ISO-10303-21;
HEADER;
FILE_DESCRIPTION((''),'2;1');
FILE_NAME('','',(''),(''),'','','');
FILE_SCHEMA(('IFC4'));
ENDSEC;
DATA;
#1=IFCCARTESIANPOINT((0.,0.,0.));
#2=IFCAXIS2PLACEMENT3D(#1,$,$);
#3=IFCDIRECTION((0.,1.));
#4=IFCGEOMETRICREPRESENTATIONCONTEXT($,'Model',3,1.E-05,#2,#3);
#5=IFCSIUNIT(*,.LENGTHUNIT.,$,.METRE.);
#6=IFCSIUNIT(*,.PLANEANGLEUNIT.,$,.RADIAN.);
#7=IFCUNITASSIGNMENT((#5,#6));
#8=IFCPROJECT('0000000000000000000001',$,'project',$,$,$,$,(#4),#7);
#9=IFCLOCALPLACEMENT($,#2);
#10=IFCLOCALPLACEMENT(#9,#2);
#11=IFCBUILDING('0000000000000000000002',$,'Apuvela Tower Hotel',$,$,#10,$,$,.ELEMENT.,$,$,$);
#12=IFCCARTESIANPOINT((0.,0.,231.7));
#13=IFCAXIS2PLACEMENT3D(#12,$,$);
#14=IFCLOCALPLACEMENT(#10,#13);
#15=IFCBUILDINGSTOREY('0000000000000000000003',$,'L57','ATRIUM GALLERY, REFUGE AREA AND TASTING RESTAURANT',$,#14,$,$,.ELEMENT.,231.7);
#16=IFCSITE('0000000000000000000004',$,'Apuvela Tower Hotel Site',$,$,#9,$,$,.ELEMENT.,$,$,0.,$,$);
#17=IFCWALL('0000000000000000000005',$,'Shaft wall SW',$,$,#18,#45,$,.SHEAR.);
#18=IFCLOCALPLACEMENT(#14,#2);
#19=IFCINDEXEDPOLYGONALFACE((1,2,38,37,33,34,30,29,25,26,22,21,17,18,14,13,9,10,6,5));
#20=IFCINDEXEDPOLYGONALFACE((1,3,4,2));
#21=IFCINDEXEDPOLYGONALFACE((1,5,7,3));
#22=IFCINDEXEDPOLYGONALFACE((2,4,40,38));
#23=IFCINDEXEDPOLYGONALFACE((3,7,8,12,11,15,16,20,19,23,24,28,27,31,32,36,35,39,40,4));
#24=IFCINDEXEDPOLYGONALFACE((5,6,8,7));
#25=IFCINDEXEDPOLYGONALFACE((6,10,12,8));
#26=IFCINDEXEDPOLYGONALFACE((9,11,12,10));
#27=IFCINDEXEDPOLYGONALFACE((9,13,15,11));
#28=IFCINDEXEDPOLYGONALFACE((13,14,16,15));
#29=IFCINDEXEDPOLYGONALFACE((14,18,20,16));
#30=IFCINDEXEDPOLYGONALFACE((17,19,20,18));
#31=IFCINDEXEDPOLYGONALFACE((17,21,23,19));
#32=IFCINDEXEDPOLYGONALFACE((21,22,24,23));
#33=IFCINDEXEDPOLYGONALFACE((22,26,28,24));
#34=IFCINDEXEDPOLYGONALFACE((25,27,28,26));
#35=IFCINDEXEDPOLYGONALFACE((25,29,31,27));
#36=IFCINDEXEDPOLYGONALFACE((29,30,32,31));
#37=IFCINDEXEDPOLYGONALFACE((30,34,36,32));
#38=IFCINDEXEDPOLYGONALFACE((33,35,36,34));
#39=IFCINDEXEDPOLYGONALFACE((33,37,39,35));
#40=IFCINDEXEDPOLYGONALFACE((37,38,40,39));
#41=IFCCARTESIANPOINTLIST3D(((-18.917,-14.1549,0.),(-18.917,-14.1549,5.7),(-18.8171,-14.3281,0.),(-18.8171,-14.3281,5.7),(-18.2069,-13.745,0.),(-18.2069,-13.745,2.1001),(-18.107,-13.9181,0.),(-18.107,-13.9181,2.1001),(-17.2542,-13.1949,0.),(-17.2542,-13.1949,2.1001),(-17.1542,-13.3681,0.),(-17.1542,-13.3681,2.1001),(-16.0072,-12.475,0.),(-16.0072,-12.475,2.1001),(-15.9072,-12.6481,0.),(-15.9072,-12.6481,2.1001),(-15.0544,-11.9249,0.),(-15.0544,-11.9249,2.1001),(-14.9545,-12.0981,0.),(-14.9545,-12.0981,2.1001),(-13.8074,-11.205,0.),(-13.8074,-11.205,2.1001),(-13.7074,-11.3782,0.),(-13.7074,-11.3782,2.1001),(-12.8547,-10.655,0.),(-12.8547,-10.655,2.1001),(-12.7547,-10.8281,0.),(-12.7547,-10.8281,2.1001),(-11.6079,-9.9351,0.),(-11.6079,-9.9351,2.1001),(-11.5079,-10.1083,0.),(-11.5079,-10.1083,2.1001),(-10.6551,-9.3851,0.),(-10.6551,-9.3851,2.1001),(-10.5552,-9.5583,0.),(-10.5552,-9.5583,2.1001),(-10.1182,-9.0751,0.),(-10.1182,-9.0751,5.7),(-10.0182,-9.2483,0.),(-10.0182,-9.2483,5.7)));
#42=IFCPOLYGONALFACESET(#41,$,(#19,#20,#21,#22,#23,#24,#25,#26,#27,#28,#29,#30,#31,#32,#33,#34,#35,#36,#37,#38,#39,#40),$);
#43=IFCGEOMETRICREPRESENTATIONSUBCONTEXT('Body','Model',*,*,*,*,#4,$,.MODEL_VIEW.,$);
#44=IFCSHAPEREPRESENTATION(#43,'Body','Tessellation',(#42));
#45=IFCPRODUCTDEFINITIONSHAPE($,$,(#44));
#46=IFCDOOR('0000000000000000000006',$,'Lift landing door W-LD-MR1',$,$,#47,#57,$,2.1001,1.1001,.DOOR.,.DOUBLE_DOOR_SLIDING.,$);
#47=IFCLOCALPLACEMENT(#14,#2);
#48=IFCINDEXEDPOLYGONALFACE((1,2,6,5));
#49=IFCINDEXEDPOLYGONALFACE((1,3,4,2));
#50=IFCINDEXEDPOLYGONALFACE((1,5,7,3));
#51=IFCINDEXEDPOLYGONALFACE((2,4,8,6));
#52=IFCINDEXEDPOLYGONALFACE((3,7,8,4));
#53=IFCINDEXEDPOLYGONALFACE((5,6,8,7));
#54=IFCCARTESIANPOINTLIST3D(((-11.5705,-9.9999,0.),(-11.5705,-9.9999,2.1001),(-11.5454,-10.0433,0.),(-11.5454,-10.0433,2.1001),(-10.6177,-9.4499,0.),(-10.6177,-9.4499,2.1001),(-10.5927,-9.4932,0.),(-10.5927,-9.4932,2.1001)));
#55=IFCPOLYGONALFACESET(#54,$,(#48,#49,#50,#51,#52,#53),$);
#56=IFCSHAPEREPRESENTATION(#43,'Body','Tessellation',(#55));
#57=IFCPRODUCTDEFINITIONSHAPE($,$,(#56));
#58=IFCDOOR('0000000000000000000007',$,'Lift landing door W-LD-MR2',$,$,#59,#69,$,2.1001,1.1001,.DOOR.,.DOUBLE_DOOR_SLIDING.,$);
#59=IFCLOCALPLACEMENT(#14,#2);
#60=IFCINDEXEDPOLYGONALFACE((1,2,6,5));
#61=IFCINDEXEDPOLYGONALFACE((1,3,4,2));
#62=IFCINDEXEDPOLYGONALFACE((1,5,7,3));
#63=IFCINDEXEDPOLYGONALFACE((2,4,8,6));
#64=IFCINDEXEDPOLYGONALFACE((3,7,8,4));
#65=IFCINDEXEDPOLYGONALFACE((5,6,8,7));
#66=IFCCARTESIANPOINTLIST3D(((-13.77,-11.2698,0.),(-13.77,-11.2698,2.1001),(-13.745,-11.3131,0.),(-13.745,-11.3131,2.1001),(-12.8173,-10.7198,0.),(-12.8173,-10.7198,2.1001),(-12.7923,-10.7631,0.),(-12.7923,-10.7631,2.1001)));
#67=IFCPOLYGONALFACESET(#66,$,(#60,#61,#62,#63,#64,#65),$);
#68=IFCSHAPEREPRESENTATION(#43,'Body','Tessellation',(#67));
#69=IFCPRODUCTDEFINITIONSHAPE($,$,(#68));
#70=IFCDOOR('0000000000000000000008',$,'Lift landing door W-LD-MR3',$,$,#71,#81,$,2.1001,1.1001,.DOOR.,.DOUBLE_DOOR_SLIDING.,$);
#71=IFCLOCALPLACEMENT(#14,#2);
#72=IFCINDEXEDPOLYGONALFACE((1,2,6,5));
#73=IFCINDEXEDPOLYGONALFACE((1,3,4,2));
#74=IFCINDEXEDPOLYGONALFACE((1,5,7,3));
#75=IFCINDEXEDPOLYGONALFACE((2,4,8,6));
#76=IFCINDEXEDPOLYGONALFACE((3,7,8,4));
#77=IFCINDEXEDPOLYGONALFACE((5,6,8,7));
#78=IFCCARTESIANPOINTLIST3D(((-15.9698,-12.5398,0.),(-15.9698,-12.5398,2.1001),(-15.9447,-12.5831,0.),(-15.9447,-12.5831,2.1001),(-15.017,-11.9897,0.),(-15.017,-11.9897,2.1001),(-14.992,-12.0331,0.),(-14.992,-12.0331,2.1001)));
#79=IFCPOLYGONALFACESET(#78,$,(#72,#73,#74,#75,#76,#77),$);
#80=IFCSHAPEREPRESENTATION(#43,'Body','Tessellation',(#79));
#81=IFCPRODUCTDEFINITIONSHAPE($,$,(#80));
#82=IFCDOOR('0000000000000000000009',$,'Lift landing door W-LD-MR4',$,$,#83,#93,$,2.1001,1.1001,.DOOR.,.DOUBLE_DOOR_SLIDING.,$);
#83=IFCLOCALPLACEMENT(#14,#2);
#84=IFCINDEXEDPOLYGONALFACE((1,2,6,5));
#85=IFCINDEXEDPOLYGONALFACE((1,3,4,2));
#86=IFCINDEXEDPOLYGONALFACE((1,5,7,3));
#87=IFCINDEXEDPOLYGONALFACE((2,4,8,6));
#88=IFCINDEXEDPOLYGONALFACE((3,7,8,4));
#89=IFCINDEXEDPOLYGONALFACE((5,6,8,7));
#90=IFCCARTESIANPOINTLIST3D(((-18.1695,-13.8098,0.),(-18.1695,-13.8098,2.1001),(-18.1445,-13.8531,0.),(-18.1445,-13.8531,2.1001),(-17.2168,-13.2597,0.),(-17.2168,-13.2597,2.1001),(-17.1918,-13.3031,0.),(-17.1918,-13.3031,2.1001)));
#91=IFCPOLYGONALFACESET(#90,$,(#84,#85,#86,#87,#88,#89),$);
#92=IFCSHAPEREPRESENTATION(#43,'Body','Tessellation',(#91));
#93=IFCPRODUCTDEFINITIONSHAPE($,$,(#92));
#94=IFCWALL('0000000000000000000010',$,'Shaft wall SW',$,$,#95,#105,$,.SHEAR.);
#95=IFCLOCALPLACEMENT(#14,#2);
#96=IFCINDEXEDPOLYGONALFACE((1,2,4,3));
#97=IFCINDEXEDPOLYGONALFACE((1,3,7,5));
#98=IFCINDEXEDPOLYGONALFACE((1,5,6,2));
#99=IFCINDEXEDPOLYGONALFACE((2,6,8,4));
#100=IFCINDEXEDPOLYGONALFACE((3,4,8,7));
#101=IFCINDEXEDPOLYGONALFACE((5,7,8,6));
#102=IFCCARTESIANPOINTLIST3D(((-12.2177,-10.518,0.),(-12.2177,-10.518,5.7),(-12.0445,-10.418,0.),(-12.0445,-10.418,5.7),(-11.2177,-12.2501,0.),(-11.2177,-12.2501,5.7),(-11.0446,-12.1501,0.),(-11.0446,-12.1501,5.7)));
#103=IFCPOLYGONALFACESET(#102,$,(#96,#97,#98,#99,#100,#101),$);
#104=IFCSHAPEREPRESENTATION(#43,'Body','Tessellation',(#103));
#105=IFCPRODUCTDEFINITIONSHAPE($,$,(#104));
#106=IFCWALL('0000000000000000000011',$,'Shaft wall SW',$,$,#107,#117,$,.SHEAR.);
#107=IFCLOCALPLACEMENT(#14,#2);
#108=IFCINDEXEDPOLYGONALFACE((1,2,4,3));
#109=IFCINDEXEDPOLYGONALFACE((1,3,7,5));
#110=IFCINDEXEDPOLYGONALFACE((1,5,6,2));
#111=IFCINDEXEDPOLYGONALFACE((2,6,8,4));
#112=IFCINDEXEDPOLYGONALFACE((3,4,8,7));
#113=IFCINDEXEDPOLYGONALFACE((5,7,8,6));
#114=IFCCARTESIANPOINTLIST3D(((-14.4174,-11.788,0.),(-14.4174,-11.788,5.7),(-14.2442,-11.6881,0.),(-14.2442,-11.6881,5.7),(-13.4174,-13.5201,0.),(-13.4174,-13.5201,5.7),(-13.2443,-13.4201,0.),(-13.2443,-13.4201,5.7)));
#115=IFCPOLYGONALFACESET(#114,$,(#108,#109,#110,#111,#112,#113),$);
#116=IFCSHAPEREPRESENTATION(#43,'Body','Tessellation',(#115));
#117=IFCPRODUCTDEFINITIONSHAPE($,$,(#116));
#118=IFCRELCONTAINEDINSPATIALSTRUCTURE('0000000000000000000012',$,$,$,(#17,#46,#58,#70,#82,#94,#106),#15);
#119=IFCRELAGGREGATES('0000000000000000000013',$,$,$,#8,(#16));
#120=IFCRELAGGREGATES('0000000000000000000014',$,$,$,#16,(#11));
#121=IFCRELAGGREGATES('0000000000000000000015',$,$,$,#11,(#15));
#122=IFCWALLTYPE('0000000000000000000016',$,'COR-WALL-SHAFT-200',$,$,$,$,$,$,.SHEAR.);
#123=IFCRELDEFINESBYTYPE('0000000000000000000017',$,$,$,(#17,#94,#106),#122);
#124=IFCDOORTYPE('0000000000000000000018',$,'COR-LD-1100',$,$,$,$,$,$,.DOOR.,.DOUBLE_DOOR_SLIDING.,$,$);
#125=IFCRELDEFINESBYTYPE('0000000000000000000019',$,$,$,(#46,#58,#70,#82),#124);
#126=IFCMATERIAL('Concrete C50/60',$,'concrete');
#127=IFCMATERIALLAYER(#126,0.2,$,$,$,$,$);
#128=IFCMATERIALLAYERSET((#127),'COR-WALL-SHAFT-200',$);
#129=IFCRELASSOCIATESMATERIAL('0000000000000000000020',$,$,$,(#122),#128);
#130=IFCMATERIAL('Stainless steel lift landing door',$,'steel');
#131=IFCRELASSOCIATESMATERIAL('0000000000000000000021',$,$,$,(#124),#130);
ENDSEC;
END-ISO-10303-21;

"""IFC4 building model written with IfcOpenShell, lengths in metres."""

from ifc_helpers import new_model, si_unit, direction, frame, frame_2d, origin, place, context, subcontext, project, spatial, rectangle, extrude, material, layer, layer_set, type_object, element, fill, save


model = new_model("IFC4")

# Units and contexts
model_context = context("Model", 3, precision=1e-05, world=origin(), true_north=direction((0.0, 1.0)))
body_context = subcontext(model_context, "Body", "Model", "MODEL_VIEW")
ifc_project = project(units=[si_unit("LENGTHUNIT", "METRE"), si_unit("PLANEANGLEUNIT", "RADIAN")], contexts=[model_context])

# Site, building, storey
site_placement = place(None, origin())
site = spatial("IfcSite", under=ifc_project, at=site_placement, Name="Apuvela Tower Hotel Site", CompositionType="ELEMENT", RefElevation=0.0)
building_placement = place(site_placement, origin())
building = spatial("IfcBuilding", under=site, at=building_placement, Name="Apuvela Tower Hotel", CompositionType="ELEMENT")
storey_placement = place(building_placement, frame((0.0, 0.0, 231.7)))
storey = spatial("IfcBuildingStorey", under=building, at=storey_placement, Name="L57", Description="ATRIUM GALLERY, REFUGE AREA AND TASTING RESTAURANT", CompositionType="ELEMENT", Elevation=231.7)

# Shared definitions
ifc_material_1 = material(Name="Concrete C50/60", Category="concrete")
ifc_layer_1 = layer(ifc_material_1, 0.2)
ifc_layer_set_1 = layer_set([ifc_layer_1], Name="COR-WALL-SHAFT-200")
wall_type_1 = type_object("IfcWallType", Name="COR-WALL-SHAFT-200", PredefinedType="SHEAR", material=ifc_layer_set_1)

# Wall, openings, doors
wall_1_placement = place(storey_placement, frame((-10.0681, -9.1616, 0.0), z_axis=(0.0, 0.0, 1.0), x_axis=(-0.866033, -0.499987, 0.0)))
wall_1 = element("IfcWall", 1, at=wall_1_placement, inside=storey, type_object=wall_type_1, Name="Shaft wall SW", PredefinedType="SHEAR", context=body_context, shape_type="SweptSolid", body=[
    extrude(rectangle(XDim=10.1599, YDim=0.2, at=frame_2d((5.0801, 0.0))), origin(), (0.0, 0.0, 1.0), 5.7),
])
opening_1_placement = place(wall_1_placement, frame((0.6201, 0.0, 0.0)))
opening_1 = element("IfcOpeningElement", 2, at=opening_1_placement, cuts=wall_1, PredefinedType="OPENING", context=body_context, shape_type="SweptSolid", body=[
    extrude(rectangle(XDim=1.1001, YDim=2.1001, at=frame_2d((0.55, 1.05))), frame((0.0, 0.1099, 0.0), z_axis=(0.0, -1.0, 0.0), x_axis=(1.0, 0.0, 0.0)), (0.0, 0.0, 1.0), 0.22),
])
opening_2_placement = place(wall_1_placement, frame((3.1599, 0.0, 0.0)))
opening_2 = element("IfcOpeningElement", 3, at=opening_2_placement, cuts=wall_1, PredefinedType="OPENING", context=body_context, shape_type="SweptSolid", body=[
    extrude(rectangle(XDim=1.1001, YDim=2.1001, at=frame_2d((0.55, 1.05))), frame((0.0, 0.1099, 0.0), z_axis=(0.0, -1.0, 0.0), x_axis=(1.0, 0.0, 0.0)), (0.0, 0.0, 1.0), 0.22),
])
opening_3_placement = place(wall_1_placement, frame((5.7, 0.0, 0.0)))
opening_3 = element("IfcOpeningElement", 4, at=opening_3_placement, cuts=wall_1, PredefinedType="OPENING", context=body_context, shape_type="SweptSolid", body=[
    extrude(rectangle(XDim=1.1001, YDim=2.1001, at=frame_2d((0.55, 1.05))), frame((0.0, 0.1099, 0.0), z_axis=(0.0, -1.0, 0.0), x_axis=(1.0, 0.0, 0.0)), (0.0, 0.0, 1.0), 0.22),
])
opening_4_placement = place(wall_1_placement, frame((8.24, 0.0, 0.0)))
opening_4 = element("IfcOpeningElement", 5, at=opening_4_placement, cuts=wall_1, PredefinedType="OPENING", context=body_context, shape_type="SweptSolid", body=[
    extrude(rectangle(XDim=1.1001, YDim=2.1001, at=frame_2d((0.55, 1.05))), frame((0.0, 0.1099, 0.0), z_axis=(0.0, -1.0, 0.0), x_axis=(1.0, 0.0, 0.0)), (0.0, 0.0, 1.0), 0.22),
])
ifc_material_2 = material(Name="Stainless steel lift landing door", Category="steel")
door_type_1 = type_object("IfcDoorType", Name="COR-LD-1100", OperationType="DOUBLE_DOOR_SLIDING", PredefinedType="DOOR", material=ifc_material_2)
door_1_placement = place(opening_1_placement, origin())
door_1 = element("IfcDoor", 6, at=door_1_placement, inside=storey, type_object=door_type_1, Name="Lift landing door W-LD-MR1", OperationType="DOUBLE_DOOR_SLIDING", OverallHeight=2.1001, OverallWidth=1.1001, PredefinedType="DOOR", context=body_context, shape_type="SweptSolid", body=[
    extrude(rectangle(XDim=1.1001, YDim=2.1001, at=frame_2d((0.55, 1.05))), frame((0.0, 0.0249, 0.0), z_axis=(0.0, -1.0, 0.0), x_axis=(1.0, 0.0, 0.0)), (0.0, 0.0, 1.0), 0.05),
])
fill(opening_1, door_1)
door_2_placement = place(opening_2_placement, origin())
door_2 = element("IfcDoor", 7, at=door_2_placement, inside=storey, type_object=door_type_1, Name="Lift landing door W-LD-MR2", OperationType="DOUBLE_DOOR_SLIDING", OverallHeight=2.1001, OverallWidth=1.1001, PredefinedType="DOOR", context=body_context, shape_type="SweptSolid", body=[
    extrude(rectangle(XDim=1.1001, YDim=2.1001, at=frame_2d((0.55, 1.05))), frame((0.0, 0.0249, 0.0), z_axis=(0.0, -1.0, 0.0), x_axis=(1.0, 0.0, 0.0)), (0.0, 0.0, 1.0), 0.05),
])
fill(opening_2, door_2)
door_3_placement = place(opening_3_placement, origin())
door_3 = element("IfcDoor", 8, at=door_3_placement, inside=storey, type_object=door_type_1, Name="Lift landing door W-LD-MR3", OperationType="DOUBLE_DOOR_SLIDING", OverallHeight=2.1001, OverallWidth=1.1001, PredefinedType="DOOR", context=body_context, shape_type="SweptSolid", body=[
    extrude(rectangle(XDim=1.1001, YDim=2.1001, at=frame_2d((0.55, 1.05))), frame((0.0, 0.0249, 0.0), z_axis=(0.0, -1.0, 0.0), x_axis=(1.0, 0.0, 0.0)), (0.0, 0.0, 1.0), 0.05),
])
fill(opening_3, door_3)
door_4_placement = place(opening_4_placement, origin())
door_4 = element("IfcDoor", 9, at=door_4_placement, inside=storey, type_object=door_type_1, Name="Lift landing door W-LD-MR4", OperationType="DOUBLE_DOOR_SLIDING", OverallHeight=2.1001, OverallWidth=1.1001, PredefinedType="DOOR", context=body_context, shape_type="SweptSolid", body=[
    extrude(rectangle(XDim=1.1001, YDim=2.1001, at=frame_2d((0.55, 1.05))), frame((0.0, 0.0249, 0.0), z_axis=(0.0, -1.0, 0.0), x_axis=(1.0, 0.0, 0.0)), (0.0, 0.0, 1.0), 0.05),
])
fill(opening_4, door_4)

# Walls
for number, where, z_axis, x_axis, name in (
    (10, (-12.1311, -10.468, 0.0), (0.0, 0.0, 1.0), (0.499973, -0.866041, 0.0), "Shaft wall SW"),
    (11, (-14.3308, -11.738, 0.0), (0.0, 0.0, 1.0), (0.499973, -0.866041, 0.0), "Shaft wall SW"),
):
    element("IfcWall", number, at=place(storey_placement, frame(where, z_axis=z_axis, x_axis=x_axis)), inside=storey, type_object=wall_type_1, Name=name, PredefinedType="SHEAR", context=body_context, shape_type="SweptSolid", body=[
        extrude(rectangle(XDim=2.0, YDim=0.2, at=frame_2d((1.0, 0.0))), origin(), (0.0, 0.0, 1.0), 5.7),
    ])

save(model, "model.ifc")
